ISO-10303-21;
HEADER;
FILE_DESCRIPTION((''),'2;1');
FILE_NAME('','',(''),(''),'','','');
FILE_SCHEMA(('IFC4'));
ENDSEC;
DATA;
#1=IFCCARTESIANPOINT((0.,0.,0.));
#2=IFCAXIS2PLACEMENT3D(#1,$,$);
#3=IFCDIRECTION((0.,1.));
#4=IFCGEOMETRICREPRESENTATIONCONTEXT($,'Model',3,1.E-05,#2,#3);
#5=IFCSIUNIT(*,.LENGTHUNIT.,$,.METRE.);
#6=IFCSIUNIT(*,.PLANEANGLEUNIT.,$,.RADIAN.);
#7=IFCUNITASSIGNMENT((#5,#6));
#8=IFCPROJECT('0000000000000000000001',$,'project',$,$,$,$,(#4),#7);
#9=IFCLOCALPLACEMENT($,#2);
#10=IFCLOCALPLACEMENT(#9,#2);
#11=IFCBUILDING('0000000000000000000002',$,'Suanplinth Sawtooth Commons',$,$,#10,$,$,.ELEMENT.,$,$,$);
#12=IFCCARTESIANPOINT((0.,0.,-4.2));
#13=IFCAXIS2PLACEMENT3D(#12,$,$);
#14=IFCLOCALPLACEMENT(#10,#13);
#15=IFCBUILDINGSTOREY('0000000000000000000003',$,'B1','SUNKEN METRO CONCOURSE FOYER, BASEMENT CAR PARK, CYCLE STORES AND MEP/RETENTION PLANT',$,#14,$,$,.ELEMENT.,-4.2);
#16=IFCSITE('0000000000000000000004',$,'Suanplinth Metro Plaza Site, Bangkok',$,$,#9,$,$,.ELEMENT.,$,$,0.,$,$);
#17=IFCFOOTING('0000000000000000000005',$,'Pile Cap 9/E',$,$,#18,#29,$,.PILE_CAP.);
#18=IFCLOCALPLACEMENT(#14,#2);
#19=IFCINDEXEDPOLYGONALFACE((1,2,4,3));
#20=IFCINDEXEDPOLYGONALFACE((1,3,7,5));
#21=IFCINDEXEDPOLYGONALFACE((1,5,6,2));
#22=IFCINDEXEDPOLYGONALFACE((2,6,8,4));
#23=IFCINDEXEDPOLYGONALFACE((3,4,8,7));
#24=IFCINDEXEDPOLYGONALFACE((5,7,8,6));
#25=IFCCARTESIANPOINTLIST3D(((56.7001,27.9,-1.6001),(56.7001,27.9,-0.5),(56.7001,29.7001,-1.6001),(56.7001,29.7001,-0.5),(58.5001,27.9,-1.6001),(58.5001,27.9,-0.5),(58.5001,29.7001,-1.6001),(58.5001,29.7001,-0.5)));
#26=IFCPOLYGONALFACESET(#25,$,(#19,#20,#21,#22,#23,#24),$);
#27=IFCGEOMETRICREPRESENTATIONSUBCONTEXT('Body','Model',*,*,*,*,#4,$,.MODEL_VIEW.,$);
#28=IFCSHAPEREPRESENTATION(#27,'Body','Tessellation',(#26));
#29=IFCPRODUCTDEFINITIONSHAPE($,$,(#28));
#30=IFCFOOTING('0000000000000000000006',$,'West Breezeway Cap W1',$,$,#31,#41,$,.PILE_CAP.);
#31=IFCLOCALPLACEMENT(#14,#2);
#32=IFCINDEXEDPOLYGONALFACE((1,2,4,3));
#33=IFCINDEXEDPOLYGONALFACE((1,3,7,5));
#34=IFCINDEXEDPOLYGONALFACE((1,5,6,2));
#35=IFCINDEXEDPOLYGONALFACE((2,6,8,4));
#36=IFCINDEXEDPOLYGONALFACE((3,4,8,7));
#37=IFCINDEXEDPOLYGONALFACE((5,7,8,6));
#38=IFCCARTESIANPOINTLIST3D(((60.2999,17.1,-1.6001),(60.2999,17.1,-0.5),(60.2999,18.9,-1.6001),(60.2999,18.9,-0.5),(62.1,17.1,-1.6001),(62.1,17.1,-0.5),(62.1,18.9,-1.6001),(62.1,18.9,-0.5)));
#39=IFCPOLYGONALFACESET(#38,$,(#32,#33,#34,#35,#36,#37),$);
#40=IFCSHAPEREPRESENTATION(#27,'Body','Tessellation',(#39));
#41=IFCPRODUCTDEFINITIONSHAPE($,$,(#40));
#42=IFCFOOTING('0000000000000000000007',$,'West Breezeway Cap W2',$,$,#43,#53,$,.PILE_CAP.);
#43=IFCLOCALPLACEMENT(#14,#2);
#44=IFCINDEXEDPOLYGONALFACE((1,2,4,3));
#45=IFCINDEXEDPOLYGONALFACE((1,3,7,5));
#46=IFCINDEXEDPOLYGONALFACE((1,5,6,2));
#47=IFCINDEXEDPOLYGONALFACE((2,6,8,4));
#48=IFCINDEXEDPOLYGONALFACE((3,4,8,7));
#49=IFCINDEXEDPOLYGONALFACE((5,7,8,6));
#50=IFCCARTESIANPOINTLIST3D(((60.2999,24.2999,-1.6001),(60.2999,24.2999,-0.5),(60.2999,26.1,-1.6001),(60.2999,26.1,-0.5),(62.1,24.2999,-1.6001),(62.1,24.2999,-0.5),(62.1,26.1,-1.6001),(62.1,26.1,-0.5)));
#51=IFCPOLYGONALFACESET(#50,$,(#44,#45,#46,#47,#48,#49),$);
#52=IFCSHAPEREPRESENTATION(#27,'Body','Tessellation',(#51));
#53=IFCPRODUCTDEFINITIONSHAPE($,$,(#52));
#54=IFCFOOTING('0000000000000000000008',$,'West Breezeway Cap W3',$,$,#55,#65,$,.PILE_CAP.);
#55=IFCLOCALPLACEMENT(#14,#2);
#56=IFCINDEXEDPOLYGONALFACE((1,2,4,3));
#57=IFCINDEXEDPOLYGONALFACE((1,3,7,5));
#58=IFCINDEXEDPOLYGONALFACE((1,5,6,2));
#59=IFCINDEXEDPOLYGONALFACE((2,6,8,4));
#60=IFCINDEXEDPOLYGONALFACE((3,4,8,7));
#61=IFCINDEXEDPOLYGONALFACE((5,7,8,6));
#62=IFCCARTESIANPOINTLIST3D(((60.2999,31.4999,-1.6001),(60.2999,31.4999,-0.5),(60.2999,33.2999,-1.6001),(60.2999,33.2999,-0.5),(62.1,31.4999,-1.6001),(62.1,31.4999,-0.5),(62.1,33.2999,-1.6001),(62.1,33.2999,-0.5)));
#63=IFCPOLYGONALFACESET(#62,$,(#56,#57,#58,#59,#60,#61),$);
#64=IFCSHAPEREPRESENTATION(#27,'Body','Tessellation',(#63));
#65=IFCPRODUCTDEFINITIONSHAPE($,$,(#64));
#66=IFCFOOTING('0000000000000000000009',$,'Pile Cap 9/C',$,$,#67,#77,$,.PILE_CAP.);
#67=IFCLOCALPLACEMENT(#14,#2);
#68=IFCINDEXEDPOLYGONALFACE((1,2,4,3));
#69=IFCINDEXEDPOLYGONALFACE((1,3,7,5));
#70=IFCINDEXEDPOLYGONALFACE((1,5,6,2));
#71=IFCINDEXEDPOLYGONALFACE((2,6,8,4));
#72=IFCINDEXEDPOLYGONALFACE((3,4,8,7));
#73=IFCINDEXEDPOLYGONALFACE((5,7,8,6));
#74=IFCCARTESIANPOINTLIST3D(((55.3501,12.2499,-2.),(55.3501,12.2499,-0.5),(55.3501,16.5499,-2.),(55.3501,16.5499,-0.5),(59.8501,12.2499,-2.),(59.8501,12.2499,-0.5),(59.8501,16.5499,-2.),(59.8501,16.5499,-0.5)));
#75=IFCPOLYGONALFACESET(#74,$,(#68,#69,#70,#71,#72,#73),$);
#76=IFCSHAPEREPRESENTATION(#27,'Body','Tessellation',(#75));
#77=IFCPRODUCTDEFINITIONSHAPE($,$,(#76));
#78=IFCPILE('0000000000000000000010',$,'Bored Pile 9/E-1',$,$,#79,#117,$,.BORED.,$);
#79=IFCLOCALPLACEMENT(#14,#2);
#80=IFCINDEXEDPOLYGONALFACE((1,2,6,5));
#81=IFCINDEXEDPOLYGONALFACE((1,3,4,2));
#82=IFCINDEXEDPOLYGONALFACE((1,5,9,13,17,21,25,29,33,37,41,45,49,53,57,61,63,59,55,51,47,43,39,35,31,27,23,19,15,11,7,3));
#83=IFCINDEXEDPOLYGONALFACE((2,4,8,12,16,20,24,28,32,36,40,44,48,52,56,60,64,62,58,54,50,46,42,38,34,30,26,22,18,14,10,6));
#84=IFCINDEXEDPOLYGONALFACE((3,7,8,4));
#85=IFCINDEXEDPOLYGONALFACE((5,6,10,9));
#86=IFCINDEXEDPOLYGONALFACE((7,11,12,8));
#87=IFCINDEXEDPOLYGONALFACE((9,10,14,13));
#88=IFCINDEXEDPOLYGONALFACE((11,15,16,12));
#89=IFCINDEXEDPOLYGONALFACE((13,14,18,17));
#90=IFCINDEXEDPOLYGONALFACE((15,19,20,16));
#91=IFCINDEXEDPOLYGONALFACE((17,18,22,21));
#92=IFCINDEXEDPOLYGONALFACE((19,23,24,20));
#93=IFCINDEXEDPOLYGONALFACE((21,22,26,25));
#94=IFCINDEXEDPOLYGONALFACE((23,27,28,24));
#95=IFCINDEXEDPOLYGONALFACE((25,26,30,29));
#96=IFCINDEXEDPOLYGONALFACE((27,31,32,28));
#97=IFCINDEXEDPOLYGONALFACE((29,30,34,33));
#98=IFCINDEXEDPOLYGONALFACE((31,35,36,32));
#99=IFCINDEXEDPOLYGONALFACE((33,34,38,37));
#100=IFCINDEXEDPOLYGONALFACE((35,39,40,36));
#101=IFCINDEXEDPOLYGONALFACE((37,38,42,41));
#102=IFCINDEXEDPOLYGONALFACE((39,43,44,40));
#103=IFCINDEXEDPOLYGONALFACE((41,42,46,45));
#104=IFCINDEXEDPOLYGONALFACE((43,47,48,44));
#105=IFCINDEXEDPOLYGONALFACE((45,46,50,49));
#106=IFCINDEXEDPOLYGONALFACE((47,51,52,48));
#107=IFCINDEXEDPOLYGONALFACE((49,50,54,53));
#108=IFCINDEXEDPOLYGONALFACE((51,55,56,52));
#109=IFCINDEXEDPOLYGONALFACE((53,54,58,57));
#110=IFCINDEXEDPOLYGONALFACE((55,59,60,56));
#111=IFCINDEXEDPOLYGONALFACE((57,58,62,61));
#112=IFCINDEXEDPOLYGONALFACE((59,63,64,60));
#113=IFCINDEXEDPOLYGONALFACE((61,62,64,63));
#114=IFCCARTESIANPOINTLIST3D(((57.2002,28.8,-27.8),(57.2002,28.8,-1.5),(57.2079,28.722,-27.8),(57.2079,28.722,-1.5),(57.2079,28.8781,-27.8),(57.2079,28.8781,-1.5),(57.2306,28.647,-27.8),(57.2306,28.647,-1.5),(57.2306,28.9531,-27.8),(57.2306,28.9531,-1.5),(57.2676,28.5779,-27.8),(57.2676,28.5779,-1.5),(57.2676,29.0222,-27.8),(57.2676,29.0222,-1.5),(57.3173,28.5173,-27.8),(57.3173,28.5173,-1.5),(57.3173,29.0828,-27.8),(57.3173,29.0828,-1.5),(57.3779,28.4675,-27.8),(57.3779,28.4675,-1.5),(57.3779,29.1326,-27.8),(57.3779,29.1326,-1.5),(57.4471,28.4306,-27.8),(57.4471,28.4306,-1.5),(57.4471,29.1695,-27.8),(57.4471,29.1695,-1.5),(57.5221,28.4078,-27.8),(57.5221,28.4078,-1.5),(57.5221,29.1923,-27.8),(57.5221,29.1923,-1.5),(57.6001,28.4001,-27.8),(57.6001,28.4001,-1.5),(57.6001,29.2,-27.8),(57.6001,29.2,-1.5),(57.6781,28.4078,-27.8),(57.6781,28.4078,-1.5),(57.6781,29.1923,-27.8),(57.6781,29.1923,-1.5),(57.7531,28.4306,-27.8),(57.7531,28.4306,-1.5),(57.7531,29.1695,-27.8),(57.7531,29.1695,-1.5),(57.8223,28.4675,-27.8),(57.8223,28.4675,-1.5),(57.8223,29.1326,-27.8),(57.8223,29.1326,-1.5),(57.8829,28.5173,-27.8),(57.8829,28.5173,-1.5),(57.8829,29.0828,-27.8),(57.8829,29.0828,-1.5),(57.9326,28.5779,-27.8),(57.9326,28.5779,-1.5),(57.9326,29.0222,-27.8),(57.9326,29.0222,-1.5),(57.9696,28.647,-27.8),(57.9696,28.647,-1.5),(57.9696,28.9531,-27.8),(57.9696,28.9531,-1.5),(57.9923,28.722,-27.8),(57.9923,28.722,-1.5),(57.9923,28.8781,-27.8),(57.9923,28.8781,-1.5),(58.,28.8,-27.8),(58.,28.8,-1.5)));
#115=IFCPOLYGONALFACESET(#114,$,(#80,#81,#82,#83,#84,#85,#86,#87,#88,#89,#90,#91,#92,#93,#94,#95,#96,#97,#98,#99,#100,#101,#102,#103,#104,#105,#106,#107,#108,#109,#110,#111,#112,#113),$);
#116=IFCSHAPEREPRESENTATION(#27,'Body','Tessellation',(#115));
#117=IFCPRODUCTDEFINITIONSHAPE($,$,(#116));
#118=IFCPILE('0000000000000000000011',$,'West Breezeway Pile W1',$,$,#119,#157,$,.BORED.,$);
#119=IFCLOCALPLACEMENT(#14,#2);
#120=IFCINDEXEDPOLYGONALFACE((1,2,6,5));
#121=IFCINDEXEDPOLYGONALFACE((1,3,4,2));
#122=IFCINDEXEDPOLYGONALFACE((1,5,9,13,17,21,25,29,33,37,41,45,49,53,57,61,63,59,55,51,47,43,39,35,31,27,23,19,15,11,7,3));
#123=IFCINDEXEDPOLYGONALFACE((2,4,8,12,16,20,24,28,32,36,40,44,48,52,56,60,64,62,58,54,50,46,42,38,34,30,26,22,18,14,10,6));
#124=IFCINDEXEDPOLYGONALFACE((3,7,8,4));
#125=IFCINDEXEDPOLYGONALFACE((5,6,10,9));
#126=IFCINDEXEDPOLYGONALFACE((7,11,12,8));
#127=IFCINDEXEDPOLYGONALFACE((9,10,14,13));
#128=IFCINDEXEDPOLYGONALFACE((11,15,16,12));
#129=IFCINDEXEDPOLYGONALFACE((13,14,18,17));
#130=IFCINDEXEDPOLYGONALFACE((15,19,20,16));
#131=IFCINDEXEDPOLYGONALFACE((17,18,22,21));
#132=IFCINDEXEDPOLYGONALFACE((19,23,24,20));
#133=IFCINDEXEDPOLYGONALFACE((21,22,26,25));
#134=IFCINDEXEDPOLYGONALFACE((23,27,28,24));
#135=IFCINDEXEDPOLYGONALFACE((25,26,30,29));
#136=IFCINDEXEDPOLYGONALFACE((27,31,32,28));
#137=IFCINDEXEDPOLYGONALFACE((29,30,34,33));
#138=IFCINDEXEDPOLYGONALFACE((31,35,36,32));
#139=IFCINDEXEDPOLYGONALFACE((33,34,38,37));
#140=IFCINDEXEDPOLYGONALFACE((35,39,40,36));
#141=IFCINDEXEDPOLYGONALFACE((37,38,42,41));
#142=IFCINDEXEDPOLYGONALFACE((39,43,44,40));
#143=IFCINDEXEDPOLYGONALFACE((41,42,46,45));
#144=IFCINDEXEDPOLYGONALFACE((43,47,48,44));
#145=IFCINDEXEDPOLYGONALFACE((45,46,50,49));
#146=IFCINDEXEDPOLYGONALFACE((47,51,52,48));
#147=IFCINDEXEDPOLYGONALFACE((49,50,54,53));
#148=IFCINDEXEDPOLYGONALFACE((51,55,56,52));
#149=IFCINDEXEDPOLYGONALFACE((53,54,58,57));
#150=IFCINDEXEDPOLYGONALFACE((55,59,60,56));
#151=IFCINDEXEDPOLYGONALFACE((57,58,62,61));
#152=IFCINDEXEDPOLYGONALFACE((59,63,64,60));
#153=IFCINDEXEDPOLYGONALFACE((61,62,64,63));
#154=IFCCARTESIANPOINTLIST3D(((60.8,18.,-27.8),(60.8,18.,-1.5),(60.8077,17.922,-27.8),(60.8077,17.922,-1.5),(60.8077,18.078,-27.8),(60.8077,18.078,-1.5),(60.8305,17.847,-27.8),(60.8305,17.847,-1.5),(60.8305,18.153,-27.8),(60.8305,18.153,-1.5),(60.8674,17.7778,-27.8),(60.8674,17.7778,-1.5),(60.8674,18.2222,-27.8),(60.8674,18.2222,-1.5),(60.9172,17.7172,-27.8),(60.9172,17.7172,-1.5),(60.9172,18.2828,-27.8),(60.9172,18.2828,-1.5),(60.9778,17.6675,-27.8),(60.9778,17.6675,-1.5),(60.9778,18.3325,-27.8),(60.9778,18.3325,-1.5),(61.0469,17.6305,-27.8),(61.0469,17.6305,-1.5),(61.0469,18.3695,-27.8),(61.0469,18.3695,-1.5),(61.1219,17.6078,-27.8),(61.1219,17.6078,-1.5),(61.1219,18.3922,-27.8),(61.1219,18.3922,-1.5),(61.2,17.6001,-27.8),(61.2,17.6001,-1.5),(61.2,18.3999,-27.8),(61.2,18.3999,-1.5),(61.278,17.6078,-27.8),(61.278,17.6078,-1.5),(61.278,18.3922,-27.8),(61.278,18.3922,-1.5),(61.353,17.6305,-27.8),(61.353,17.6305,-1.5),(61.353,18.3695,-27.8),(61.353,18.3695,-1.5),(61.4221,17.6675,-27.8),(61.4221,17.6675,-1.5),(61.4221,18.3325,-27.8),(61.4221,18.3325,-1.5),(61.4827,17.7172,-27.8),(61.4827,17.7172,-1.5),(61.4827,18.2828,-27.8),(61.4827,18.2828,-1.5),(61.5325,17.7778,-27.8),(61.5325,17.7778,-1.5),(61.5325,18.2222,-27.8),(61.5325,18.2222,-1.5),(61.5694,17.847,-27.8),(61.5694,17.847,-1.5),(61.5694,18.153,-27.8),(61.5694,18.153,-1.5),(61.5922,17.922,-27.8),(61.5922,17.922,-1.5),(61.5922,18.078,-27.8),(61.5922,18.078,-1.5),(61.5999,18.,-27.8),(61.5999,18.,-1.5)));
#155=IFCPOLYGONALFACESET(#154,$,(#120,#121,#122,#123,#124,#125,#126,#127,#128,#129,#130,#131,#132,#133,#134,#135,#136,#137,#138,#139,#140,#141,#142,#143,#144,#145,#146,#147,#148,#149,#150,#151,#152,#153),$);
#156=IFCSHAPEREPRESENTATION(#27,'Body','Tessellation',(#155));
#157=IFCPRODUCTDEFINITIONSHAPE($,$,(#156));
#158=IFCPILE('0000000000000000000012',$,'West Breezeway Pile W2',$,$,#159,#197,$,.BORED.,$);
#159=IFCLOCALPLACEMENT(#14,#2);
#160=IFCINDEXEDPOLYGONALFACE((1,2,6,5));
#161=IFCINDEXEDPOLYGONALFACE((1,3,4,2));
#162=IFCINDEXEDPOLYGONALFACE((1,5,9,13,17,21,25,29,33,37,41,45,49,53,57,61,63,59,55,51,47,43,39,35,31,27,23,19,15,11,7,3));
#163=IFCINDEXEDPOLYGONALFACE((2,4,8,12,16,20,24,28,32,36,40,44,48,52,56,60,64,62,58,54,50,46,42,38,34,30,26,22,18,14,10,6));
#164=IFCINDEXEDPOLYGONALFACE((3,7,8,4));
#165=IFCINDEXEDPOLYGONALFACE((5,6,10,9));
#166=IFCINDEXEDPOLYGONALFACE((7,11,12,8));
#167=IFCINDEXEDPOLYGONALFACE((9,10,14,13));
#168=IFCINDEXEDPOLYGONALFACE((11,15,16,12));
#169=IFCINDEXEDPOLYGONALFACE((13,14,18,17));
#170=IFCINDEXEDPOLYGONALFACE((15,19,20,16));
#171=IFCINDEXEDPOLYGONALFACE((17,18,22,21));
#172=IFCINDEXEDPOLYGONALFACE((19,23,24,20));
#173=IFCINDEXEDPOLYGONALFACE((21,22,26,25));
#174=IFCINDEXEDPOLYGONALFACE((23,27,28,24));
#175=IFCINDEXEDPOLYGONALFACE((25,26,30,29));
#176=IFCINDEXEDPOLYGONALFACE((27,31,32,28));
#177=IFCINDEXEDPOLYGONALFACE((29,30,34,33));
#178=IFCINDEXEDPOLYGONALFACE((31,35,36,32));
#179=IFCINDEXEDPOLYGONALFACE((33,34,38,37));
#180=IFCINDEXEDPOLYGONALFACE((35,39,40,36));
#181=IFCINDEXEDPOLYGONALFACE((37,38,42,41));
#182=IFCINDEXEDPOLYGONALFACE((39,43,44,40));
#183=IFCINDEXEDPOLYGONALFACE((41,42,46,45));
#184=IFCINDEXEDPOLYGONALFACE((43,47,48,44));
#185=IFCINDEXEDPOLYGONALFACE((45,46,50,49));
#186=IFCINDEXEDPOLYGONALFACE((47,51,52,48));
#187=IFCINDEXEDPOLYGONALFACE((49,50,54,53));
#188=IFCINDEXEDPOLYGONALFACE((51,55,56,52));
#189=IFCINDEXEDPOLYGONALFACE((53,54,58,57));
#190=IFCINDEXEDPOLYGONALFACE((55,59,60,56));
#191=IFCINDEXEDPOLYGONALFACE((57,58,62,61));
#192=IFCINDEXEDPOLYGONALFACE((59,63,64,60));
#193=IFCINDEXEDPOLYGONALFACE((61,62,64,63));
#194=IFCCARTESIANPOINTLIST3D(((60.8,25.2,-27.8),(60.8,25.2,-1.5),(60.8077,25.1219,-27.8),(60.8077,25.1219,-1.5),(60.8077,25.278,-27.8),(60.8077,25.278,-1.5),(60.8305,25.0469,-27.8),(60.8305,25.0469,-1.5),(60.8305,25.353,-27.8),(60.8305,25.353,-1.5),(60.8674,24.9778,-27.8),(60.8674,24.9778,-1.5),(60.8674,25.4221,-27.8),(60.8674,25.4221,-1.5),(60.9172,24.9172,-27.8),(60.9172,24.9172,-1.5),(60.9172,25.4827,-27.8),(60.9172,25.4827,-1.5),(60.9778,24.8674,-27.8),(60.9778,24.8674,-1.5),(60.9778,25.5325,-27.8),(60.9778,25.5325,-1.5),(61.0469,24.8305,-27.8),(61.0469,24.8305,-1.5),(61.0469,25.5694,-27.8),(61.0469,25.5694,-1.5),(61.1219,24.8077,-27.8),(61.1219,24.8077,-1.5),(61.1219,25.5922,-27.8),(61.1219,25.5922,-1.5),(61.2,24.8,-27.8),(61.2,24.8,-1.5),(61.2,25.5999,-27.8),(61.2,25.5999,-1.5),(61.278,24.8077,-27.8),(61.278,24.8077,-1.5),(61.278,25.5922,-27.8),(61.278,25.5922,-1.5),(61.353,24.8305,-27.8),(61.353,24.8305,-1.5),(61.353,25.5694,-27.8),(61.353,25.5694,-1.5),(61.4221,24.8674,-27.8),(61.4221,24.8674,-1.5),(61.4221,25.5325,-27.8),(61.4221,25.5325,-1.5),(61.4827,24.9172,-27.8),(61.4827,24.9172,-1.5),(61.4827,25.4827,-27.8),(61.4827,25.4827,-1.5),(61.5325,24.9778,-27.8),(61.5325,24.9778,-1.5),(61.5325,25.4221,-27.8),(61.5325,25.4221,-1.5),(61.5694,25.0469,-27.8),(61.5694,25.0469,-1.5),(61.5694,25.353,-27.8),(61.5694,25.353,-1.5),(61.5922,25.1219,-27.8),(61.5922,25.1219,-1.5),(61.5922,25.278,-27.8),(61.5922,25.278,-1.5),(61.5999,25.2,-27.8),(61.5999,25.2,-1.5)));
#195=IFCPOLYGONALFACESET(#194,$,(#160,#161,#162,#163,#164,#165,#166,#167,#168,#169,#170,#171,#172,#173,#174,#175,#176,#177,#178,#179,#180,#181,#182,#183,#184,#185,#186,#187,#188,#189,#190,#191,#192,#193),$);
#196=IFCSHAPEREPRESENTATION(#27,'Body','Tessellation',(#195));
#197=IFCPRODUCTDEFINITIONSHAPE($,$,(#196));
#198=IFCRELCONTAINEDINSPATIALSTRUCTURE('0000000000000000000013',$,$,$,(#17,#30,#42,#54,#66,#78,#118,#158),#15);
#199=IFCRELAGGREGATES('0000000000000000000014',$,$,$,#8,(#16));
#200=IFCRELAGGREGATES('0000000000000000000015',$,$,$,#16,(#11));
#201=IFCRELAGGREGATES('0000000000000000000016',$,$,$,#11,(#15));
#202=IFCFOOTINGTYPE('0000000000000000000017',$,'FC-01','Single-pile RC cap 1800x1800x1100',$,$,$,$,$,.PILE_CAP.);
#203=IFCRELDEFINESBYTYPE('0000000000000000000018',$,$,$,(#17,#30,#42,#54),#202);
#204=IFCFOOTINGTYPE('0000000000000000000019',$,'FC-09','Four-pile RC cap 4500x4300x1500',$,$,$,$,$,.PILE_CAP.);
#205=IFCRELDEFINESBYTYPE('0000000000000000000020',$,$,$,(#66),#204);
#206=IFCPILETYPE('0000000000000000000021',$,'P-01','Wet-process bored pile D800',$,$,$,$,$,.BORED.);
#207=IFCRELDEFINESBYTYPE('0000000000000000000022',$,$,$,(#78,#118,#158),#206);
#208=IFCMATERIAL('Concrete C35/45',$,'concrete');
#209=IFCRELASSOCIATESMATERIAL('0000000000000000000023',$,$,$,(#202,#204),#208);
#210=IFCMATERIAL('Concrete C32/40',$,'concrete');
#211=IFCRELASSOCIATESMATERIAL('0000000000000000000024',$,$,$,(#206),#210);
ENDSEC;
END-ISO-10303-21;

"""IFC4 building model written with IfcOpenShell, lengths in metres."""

from ifc_helpers import new_model, si_unit, direction, frame, origin, origin_2d, place, context, subcontext, project, spatial, rectangle, circle, extrude, material, material_profile, profile_set, type_object, element, save


model = new_model("IFC4")

# Units and contexts
model_context = context("Model", 3, precision=1e-05, world=origin(), true_north=direction((0.0, 1.0)))
body_context = subcontext(model_context, "Body", "Model", "MODEL_VIEW")
ifc_project = project(units=[si_unit("LENGTHUNIT", "METRE"), si_unit("PLANEANGLEUNIT", "RADIAN")], contexts=[model_context])

# Site, building, storey
site_placement = place(None, origin())
site = spatial("IfcSite", under=ifc_project, at=site_placement, Name="Suanplinth Metro Plaza Site, Bangkok", CompositionType="ELEMENT", RefElevation=0.0)
building_placement = place(site_placement, origin())
building = spatial("IfcBuilding", under=site, at=building_placement, Name="Suanplinth Sawtooth Commons", CompositionType="ELEMENT")
storey_placement = place(building_placement, frame((0.0, 0.0, -4.2)))
storey = spatial("IfcBuildingStorey", under=building, at=storey_placement, Name="B1", Description="SUNKEN METRO CONCOURSE FOYER, BASEMENT CAR PARK, CYCLE STORES AND MEP/RETENTION PLANT", CompositionType="ELEMENT", Elevation=-4.2)

# Footings
ifc_material_1 = material(Name="Concrete C35/45", Category="concrete")
footing_type_1 = type_object("IfcFootingType", Name="FC-01", Description="Single-pile RC cap 1800x1800x1100", PredefinedType="PILE_CAP", material=ifc_material_1)
for number, where, z_axis, x_axis, name in (
    (1, (57.6001, 28.8, -1.6001), (0.0, 0.0, 1.0), (1.0, 0.0, 0.0), "Pile Cap 9/E"),
    (2, (61.2, 18.0, -1.6001), (0.0, 0.0, 1.0), (1.0, 0.0, 0.0), "West Breezeway Cap W1"),
    (3, (61.2, 25.2, -1.6001), (0.0, 0.0, 1.0), (1.0, 0.0, 0.0), "West Breezeway Cap W2"),
    (4, (61.2, 32.3999, -1.6001), (0.0, 0.0, 1.0), (1.0, 0.0, 0.0), "West Breezeway Cap W3"),
):
    element("IfcFooting", number, at=place(storey_placement, frame(where, z_axis=z_axis, x_axis=x_axis)), inside=storey, type_object=footing_type_1, Name=name, PredefinedType="PILE_CAP", context=body_context, shape_type="SweptSolid", body=[
        extrude(rectangle(XDim=1.8, YDim=1.8, at=origin_2d()), origin(), (0.0, 0.0, 1.0), 1.1001),
    ])
footing_type_2 = type_object("IfcFootingType", Name="FC-09", Description="Four-pile RC cap 4500x4300x1500", PredefinedType="PILE_CAP", material=ifc_material_1)
footing_placement = place(storey_placement, frame((57.6001, 14.3999, -2.0), z_axis=(0.0, 0.0, 1.0), x_axis=(1.0, 0.0, 0.0)))
element("IfcFooting", 5, at=footing_placement, inside=storey, type_object=footing_type_2, Name="Pile Cap 9/C", PredefinedType="PILE_CAP", context=body_context, shape_type="SweptSolid", body=[
    extrude(rectangle(XDim=4.5, YDim=4.3, at=origin_2d()), origin(), (0.0, 0.0, 1.0), 1.5),
])

# Piles
ifc_material_2 = material(Name="Concrete C32/40", Category="concrete")
ifc_material_profile_1 = material_profile(ifc_material_2, circle(Radius=0.3999, at=origin_2d()), Name="PILE D800")
ifc_profile_set_1 = profile_set([ifc_material_profile_1], Name="Concrete C32/40")
pile_type_1 = type_object("IfcPileType", Name="P-01", Description="Wet-process bored pile D800", PredefinedType="BORED", material=ifc_profile_set_1)
for number, where, z_axis, x_axis, name in (
    (6, (57.6001, 28.8, -1.5), (0.0, 0.0, -1.0), (1.0, 0.0, 0.0), "Bored Pile 9/E-1"),
    (7, (61.2, 18.0, -1.5), (0.0, 0.0, -1.0), (1.0, 0.0, 0.0), "West Breezeway Pile W1"),
    (8, (61.2, 25.2, -1.5), (0.0, 0.0, -1.0), (1.0, 0.0, 0.0), "West Breezeway Pile W2"),
):
    element("IfcPile", number, at=place(storey_placement, frame(where, z_axis=z_axis, x_axis=x_axis)), inside=storey, type_object=pile_type_1, Name=name, PredefinedType="BORED", context=body_context, shape_type="SweptSolid", body=[
        extrude(circle(Radius=0.3999, at=origin_2d()), origin(), (0.0, 0.0, 1.0), 26.3),
    ])

save(model, "model.ifc")
